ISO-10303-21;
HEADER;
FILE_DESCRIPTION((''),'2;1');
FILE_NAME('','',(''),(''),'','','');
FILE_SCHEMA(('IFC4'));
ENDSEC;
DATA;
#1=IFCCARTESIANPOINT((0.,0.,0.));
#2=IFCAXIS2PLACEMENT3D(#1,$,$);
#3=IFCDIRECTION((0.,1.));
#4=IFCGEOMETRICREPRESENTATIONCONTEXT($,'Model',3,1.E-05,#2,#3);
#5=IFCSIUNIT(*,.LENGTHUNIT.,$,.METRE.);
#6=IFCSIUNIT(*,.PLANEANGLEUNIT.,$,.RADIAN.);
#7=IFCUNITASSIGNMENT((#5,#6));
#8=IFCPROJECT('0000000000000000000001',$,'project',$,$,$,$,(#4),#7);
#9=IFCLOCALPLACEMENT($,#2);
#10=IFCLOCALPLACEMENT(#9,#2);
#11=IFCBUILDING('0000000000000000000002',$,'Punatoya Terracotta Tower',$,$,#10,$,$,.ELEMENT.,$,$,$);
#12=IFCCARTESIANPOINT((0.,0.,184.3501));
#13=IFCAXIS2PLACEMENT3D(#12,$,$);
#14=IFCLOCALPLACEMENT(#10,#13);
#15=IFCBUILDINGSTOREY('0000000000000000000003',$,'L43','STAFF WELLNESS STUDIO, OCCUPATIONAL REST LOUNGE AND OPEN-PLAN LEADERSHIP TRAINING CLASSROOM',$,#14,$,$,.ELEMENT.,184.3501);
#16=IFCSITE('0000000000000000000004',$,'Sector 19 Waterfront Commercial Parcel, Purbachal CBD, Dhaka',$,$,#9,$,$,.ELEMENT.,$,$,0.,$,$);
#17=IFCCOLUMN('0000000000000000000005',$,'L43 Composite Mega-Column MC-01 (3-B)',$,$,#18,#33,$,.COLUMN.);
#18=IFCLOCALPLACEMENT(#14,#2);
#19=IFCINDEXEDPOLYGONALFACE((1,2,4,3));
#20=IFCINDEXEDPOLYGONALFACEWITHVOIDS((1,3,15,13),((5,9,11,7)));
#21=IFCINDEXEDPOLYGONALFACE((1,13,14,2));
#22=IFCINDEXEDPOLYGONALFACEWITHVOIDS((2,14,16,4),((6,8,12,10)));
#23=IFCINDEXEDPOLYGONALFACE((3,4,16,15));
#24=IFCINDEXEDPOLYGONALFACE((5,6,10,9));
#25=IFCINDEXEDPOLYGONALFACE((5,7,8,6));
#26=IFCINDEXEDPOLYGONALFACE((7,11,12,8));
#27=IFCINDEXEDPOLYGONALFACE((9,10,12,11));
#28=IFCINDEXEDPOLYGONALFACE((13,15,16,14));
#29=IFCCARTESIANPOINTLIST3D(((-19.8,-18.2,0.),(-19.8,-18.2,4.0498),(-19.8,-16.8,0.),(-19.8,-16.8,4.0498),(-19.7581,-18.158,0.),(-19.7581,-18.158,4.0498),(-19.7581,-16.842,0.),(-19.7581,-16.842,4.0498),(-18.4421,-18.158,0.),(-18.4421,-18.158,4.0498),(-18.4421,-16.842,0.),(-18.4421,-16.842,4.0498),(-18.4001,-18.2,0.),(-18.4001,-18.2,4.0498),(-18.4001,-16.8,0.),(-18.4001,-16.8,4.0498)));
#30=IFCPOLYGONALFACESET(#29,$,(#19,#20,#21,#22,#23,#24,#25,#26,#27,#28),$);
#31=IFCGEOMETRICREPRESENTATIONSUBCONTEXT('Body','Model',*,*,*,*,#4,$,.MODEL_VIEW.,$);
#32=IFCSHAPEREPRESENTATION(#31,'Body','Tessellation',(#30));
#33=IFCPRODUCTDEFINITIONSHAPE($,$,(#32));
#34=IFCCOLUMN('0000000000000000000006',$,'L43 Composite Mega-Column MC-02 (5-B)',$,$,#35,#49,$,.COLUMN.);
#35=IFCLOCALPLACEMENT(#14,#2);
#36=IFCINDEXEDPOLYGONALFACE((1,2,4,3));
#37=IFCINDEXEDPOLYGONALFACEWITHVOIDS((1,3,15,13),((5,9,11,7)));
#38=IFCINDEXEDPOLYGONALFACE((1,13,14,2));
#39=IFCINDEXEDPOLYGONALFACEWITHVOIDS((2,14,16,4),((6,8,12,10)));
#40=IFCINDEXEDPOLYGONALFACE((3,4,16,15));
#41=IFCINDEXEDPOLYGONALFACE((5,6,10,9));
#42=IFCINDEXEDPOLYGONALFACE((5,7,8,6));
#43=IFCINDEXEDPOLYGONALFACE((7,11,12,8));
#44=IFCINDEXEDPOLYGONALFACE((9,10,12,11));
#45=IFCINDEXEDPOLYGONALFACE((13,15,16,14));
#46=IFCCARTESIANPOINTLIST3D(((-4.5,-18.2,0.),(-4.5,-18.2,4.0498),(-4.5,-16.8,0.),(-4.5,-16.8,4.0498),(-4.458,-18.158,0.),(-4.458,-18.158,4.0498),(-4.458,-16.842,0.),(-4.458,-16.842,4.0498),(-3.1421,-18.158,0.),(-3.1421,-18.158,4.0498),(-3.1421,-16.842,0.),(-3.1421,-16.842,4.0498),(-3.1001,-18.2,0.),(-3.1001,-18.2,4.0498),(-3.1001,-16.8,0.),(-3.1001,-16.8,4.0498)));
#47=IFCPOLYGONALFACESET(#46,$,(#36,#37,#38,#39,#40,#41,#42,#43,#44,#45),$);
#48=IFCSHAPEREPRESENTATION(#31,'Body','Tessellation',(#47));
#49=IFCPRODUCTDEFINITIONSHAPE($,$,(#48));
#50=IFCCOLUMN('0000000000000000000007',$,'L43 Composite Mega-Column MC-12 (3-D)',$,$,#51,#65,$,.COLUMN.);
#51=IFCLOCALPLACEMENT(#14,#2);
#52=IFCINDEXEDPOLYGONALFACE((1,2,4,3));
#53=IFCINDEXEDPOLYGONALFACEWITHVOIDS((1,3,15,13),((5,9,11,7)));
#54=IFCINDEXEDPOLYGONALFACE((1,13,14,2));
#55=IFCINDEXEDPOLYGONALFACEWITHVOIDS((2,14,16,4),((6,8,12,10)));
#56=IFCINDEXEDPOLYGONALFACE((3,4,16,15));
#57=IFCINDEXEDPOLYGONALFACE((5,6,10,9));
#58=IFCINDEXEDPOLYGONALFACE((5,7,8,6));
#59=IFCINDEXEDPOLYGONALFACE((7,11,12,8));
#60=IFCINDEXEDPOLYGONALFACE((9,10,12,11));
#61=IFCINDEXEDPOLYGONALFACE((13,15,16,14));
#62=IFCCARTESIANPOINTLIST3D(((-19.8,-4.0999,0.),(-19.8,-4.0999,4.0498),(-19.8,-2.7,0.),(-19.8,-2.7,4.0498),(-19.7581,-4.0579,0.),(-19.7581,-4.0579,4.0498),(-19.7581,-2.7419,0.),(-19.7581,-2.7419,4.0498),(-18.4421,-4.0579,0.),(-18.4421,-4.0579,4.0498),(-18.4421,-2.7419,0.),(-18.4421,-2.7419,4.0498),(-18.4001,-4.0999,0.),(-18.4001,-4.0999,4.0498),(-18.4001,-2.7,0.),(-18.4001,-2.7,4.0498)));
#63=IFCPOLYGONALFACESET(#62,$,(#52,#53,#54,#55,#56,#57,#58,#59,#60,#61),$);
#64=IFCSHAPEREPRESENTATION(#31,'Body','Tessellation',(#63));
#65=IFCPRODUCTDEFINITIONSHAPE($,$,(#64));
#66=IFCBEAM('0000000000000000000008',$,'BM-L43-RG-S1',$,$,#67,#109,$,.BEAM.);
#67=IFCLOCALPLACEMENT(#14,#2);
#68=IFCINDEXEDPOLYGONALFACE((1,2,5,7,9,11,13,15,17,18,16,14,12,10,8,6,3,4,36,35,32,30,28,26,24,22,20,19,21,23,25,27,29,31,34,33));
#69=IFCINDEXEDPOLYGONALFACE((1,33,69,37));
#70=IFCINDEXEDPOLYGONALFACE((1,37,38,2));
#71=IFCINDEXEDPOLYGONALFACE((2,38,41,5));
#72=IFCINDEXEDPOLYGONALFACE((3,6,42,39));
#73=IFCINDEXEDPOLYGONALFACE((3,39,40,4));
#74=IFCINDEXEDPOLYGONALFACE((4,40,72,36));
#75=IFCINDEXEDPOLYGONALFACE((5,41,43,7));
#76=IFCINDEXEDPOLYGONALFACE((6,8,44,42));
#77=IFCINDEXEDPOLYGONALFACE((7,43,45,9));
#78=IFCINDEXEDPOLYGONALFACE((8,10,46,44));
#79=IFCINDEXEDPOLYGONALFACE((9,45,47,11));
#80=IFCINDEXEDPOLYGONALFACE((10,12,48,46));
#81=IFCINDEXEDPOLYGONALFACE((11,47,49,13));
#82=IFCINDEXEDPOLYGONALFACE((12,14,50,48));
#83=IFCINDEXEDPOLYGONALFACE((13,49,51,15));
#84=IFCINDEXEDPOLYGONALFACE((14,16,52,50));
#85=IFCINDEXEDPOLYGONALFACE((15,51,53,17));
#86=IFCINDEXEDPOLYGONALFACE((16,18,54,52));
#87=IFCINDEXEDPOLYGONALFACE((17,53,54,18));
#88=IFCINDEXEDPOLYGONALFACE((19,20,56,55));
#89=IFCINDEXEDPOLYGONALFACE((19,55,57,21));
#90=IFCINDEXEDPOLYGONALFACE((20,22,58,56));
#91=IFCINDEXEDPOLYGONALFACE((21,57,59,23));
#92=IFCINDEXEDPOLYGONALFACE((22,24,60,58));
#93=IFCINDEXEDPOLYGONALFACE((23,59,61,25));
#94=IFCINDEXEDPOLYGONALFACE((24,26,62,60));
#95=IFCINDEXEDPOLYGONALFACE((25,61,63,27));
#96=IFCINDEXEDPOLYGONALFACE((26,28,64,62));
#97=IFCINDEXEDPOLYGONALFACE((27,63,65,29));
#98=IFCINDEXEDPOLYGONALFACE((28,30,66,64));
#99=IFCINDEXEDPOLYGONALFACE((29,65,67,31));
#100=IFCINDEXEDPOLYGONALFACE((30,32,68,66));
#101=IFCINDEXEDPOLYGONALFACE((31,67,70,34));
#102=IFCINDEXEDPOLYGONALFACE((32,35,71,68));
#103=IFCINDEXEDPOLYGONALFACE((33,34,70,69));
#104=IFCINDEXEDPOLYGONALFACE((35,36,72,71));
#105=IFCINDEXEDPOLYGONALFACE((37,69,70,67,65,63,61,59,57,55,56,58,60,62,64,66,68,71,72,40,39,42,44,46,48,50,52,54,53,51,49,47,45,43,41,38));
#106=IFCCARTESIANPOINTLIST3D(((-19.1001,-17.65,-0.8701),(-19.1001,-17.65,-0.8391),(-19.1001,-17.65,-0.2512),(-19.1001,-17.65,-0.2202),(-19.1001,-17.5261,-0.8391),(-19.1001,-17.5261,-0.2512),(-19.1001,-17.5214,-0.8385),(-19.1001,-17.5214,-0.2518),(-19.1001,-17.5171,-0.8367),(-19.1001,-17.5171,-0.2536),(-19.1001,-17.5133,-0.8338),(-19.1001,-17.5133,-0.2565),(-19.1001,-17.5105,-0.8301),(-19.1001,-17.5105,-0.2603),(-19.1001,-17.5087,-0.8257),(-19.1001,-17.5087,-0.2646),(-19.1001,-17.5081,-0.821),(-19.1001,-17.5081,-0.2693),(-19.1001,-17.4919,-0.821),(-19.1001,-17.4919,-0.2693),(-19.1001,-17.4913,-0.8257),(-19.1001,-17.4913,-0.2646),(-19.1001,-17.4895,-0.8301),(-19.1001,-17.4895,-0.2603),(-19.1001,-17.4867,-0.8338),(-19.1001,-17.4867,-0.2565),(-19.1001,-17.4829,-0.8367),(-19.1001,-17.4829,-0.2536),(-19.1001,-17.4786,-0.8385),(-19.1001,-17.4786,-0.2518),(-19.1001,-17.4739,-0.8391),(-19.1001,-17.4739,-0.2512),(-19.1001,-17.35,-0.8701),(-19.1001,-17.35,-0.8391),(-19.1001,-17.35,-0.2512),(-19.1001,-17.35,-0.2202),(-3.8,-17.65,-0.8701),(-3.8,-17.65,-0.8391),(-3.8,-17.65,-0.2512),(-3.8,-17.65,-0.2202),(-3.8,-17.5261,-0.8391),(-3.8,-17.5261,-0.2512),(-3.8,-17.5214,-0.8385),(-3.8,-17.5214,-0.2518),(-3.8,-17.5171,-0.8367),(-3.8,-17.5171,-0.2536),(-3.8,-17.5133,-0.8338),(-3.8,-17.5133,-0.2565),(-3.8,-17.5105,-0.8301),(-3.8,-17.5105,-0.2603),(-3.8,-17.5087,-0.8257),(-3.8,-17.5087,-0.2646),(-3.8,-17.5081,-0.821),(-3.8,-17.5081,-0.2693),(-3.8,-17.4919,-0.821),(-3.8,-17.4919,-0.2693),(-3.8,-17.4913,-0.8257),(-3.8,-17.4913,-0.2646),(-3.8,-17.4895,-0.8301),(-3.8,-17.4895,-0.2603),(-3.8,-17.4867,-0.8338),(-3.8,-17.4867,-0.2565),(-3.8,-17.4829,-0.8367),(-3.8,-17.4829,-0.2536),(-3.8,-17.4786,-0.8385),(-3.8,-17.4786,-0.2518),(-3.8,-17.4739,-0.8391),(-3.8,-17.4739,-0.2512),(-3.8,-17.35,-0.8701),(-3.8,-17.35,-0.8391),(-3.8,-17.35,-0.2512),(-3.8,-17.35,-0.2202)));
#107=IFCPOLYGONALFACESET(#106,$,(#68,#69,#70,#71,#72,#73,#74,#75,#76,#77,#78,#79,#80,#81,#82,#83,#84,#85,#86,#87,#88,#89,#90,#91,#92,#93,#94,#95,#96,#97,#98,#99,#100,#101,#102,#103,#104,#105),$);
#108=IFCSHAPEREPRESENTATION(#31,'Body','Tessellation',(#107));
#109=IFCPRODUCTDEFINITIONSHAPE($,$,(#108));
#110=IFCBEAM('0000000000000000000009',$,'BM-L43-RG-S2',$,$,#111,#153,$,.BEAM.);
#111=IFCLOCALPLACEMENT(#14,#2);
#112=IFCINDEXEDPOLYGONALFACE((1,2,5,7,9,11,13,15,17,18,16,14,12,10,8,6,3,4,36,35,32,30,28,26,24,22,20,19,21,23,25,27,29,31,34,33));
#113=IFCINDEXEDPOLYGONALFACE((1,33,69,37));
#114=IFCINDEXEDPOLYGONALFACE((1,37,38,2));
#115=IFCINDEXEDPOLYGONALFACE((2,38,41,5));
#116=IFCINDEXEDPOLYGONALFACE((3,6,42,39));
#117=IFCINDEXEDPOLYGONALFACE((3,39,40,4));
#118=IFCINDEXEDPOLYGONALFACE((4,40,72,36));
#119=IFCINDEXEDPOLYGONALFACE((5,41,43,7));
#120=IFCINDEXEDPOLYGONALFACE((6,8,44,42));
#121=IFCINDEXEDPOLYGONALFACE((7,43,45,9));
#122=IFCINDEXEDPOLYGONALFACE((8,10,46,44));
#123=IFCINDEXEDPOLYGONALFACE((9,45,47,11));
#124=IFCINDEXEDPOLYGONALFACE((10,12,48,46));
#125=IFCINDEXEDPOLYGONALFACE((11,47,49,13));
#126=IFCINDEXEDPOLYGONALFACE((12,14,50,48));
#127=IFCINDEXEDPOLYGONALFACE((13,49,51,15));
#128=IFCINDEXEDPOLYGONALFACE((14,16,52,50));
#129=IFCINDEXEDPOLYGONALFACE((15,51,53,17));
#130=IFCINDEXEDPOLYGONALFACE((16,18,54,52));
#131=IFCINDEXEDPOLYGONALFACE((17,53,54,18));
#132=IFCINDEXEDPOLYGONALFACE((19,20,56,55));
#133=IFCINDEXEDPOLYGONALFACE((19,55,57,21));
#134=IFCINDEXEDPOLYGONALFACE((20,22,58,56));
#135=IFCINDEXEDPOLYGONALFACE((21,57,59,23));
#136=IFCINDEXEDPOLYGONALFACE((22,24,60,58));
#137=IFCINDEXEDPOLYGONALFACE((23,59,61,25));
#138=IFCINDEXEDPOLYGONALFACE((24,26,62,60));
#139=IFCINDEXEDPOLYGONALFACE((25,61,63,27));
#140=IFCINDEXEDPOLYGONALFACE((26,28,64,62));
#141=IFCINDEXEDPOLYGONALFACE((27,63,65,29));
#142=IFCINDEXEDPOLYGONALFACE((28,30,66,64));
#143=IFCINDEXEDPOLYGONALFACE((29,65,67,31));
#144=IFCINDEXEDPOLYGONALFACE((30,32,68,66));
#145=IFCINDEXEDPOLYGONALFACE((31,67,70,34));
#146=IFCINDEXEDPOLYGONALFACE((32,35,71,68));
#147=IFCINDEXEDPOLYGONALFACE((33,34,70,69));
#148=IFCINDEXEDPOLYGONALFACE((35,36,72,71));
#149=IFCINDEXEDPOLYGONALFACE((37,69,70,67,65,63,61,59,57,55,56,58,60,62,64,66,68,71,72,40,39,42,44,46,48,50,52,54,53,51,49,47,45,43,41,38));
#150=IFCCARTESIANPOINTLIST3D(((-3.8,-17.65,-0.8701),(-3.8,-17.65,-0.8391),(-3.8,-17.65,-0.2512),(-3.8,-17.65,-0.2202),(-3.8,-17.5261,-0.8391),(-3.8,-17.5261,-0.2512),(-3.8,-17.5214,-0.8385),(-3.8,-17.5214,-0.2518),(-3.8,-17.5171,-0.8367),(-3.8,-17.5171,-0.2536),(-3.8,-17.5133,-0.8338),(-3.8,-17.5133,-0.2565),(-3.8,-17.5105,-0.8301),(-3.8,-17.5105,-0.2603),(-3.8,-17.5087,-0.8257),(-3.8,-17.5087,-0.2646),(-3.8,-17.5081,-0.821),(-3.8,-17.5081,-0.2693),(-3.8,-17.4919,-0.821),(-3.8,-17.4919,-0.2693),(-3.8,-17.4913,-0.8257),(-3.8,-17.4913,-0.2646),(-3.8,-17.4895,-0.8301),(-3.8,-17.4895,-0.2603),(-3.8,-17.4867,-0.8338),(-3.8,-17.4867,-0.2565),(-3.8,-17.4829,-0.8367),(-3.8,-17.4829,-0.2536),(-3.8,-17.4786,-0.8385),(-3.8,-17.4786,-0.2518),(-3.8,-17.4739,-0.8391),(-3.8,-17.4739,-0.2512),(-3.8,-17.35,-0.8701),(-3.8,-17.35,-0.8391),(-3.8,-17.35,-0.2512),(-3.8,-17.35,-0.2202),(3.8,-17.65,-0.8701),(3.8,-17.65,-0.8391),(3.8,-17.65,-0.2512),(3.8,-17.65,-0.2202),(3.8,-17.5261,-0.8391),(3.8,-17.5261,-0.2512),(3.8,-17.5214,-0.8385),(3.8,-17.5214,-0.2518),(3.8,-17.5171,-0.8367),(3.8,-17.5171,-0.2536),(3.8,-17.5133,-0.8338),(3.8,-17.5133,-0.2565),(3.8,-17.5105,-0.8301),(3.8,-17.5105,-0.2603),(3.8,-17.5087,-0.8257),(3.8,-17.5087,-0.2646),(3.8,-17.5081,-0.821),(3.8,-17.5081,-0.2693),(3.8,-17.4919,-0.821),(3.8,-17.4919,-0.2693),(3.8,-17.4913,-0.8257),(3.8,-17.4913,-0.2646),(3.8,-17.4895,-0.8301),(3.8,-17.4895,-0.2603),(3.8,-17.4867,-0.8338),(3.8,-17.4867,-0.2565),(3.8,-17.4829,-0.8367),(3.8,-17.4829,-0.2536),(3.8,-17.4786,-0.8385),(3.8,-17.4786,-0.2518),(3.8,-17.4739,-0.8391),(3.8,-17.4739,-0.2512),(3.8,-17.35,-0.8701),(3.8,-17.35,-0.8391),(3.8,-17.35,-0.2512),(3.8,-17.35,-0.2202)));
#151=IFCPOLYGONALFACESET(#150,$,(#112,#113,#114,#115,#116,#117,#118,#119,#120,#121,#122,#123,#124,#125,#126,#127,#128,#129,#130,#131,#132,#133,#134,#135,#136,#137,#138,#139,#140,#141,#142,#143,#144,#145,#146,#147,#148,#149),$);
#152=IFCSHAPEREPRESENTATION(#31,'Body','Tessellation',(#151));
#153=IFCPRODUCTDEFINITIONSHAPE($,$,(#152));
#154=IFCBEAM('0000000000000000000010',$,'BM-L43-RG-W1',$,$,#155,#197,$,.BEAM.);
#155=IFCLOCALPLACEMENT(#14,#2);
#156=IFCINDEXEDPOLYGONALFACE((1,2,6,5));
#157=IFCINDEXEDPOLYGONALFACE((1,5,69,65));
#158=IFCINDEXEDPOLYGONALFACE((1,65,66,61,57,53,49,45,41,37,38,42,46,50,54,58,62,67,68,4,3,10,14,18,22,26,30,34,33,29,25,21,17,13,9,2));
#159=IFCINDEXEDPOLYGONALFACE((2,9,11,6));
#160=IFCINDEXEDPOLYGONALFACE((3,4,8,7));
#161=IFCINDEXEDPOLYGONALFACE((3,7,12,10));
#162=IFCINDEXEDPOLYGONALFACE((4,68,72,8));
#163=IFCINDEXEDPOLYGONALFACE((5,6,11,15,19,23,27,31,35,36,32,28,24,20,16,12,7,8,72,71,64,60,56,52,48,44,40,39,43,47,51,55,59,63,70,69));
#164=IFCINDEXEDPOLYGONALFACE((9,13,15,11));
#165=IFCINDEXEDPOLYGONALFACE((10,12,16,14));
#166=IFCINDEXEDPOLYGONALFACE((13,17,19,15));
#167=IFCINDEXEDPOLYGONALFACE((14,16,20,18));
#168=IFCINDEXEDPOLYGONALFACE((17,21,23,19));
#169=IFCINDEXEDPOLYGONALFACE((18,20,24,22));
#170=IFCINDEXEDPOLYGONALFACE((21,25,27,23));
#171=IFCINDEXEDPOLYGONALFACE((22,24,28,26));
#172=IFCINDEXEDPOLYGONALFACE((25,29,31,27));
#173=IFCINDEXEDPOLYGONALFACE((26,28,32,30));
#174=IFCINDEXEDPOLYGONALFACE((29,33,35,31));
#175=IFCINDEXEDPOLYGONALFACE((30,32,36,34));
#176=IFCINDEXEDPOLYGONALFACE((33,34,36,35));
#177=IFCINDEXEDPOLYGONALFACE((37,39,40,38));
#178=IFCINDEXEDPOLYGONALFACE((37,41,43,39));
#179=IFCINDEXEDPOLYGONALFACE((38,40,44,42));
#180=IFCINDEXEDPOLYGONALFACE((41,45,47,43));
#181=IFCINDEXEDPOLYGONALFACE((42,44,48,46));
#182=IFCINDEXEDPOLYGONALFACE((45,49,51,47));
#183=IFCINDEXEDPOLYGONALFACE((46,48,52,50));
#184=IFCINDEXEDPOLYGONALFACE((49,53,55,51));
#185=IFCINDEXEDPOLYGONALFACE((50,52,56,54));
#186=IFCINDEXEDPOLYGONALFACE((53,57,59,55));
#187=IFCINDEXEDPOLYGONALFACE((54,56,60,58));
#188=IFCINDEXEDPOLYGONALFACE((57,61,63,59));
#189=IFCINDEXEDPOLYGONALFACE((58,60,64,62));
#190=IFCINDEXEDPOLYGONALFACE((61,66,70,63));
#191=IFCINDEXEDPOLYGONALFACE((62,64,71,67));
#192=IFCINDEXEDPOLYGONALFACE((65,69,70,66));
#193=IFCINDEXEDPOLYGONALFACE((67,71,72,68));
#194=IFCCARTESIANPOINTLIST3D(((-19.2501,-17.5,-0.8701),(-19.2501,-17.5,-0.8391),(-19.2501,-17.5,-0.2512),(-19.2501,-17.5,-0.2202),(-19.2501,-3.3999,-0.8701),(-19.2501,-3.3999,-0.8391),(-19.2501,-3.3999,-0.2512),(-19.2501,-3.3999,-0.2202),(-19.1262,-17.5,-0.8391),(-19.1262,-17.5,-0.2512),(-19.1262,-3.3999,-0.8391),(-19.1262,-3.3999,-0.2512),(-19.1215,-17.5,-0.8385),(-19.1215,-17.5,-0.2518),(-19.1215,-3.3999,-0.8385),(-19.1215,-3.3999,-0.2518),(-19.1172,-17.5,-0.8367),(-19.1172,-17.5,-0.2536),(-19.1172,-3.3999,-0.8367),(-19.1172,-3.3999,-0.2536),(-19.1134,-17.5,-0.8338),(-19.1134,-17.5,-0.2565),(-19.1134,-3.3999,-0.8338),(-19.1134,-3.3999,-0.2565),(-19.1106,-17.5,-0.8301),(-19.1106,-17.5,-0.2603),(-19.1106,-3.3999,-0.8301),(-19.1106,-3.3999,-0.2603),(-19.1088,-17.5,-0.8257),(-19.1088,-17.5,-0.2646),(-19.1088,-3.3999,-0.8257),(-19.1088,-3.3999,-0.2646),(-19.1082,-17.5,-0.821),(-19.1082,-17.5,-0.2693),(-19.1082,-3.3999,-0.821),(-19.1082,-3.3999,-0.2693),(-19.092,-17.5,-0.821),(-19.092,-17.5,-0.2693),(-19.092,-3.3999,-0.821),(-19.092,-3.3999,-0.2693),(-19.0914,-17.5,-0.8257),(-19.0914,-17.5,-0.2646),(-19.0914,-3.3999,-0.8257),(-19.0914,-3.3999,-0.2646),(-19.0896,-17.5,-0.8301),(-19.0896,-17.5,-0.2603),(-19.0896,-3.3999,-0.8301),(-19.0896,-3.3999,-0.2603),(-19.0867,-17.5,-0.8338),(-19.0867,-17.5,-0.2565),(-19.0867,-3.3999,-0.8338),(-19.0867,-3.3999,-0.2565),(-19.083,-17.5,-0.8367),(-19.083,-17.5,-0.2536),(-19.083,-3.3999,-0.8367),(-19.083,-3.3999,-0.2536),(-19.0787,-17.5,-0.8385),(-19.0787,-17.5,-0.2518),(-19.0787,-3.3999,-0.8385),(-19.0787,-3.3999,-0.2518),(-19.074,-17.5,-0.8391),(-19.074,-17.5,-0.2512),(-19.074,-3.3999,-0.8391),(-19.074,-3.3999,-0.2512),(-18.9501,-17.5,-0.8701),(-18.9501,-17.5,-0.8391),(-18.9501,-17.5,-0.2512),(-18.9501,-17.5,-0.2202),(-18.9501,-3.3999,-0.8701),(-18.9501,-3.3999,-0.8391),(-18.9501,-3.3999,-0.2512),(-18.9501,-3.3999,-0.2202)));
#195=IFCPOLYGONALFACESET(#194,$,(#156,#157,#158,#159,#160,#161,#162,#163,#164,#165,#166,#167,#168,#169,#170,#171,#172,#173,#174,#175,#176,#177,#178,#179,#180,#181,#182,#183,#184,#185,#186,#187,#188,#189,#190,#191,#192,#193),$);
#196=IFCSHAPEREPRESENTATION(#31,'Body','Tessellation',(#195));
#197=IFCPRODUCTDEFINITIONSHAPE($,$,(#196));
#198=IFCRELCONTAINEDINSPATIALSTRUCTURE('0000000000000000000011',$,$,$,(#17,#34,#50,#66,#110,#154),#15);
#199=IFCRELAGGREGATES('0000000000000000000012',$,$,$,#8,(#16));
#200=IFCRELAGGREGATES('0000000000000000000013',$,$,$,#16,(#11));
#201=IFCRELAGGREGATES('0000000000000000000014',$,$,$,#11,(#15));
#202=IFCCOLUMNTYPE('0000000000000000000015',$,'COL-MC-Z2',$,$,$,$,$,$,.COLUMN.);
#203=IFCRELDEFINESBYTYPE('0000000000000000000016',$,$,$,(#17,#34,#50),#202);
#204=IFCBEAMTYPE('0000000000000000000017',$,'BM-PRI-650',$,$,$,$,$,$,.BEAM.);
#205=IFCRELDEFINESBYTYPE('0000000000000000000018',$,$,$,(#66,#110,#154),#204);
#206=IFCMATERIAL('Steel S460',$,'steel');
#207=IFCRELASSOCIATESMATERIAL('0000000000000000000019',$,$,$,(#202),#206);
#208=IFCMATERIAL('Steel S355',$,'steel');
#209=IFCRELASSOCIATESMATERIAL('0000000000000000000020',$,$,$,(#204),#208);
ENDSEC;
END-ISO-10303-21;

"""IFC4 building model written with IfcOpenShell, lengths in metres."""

from ifc_helpers import new_model, si_unit, direction, frame, origin, origin_2d, place, context, subcontext, project, spatial, hollow_rectangle, i_section, extrude, material, material_profile, profile_set, type_object, element, save


model = new_model("IFC4")

# Units and contexts
model_context = context("Model", 3, precision=1e-05, world=origin(), true_north=direction((0.0, 1.0)))
body_context = subcontext(model_context, "Body", "Model", "MODEL_VIEW")
ifc_project = project(units=[si_unit("LENGTHUNIT", "METRE"), si_unit("PLANEANGLEUNIT", "RADIAN")], contexts=[model_context])

# Site, building, storey
site_placement = place(None, origin())
site = spatial("IfcSite", under=ifc_project, at=site_placement, Name="Sector 19 Waterfront Commercial Parcel, Purbachal CBD, Dhaka", CompositionType="ELEMENT", RefElevation=0.0)
building_placement = place(site_placement, origin())
building = spatial("IfcBuilding", under=site, at=building_placement, Name="Punatoya Terracotta Tower", CompositionType="ELEMENT")
storey_placement = place(building_placement, frame((0.0, 0.0, 184.3501)))
storey = spatial("IfcBuildingStorey", under=building, at=storey_placement, Name="L43", Description="STAFF WELLNESS STUDIO, OCCUPATIONAL REST LOUNGE AND OPEN-PLAN LEADERSHIP TRAINING CLASSROOM", CompositionType="ELEMENT", Elevation=184.3501)

# Columns
ifc_material_1 = material(Name="Steel S460", Category="steel")
ifc_material_profile_1 = material_profile(ifc_material_1, hollow_rectangle(XDim=1.3999, YDim=1.3999, WallThickness=0.042, at=origin_2d()))
ifc_profile_set_1 = profile_set([ifc_material_profile_1], Name="Steel S460")
column_type = type_object("IfcColumnType", Name="COL-MC-Z2", PredefinedType="COLUMN", material=ifc_profile_set_1)
for number, where, z_axis, x_axis, name in (
    (1, (-19.1001, -17.5, 0.0), (0.0, 0.0, 1.0), (1.0, 0.0, 0.0), "L43 Composite Mega-Column MC-01 (3-B)"),
    (2, (-3.8, -17.5, 0.0), (0.0, 0.0, 1.0), (1.0, 0.0, 0.0), "L43 Composite Mega-Column MC-02 (5-B)"),
    (3, (-19.1001, -3.3999, 0.0), (0.0, 0.0, 1.0), (1.0, 0.0, 0.0), "L43 Composite Mega-Column MC-12 (3-D)"),
):
    element("IfcColumn", number, at=place(storey_placement, frame(where, z_axis=z_axis, x_axis=x_axis)), inside=storey, type_object=column_type, Name=name, PredefinedType="COLUMN", context=body_context, shape_type="SweptSolid", body=[
        extrude(hollow_rectangle(XDim=1.3999, YDim=1.3999, WallThickness=0.042, at=origin_2d()), origin(), (0.0, 0.0, 1.0), 4.0498),
    ])

# Beams
ifc_material_2 = material(Name="Steel S355", Category="steel")
ifc_material_profile_2 = material_profile(ifc_material_2, i_section(OverallWidth=0.3, OverallDepth=0.6499, WebThickness=0.0161, FlangeThickness=0.031, FilletRadius=0.0181, at=origin_2d()))
ifc_profile_set_2 = profile_set([ifc_material_profile_2], Name="Steel S355")
beam_type_1 = type_object("IfcBeamType", Name="BM-PRI-650", PredefinedType="BEAM", material=ifc_profile_set_2)
beam_1_placement = place(storey_placement, frame((-19.1001, -17.5, -0.5452), z_axis=(1.0, 0.0, 0.0), x_axis=(0.0, 1.0, 0.0)))
element("IfcBeam", 4, at=beam_1_placement, inside=storey, type_object=beam_type_1, Name="BM-L43-RG-S1", PredefinedType="BEAM", context=body_context, shape_type="SweptSolid", body=[
    extrude(i_section(OverallWidth=0.3, OverallDepth=0.6499, WebThickness=0.0161, FlangeThickness=0.031, FilletRadius=0.0181, at=origin_2d()), origin(), (0.0, 0.0, 1.0), 15.3),
])
beam_2_placement = place(storey_placement, frame((-3.8, -17.5, -0.5452), z_axis=(1.0, 0.0, 0.0), x_axis=(0.0, 1.0, 0.0)))
element("IfcBeam", 5, at=beam_2_placement, inside=storey, type_object=beam_type_1, Name="BM-L43-RG-S2", PredefinedType="BEAM", context=body_context, shape_type="SweptSolid", body=[
    extrude(i_section(OverallWidth=0.3, OverallDepth=0.6499, WebThickness=0.0161, FlangeThickness=0.031, FilletRadius=0.0181, at=origin_2d()), origin(), (0.0, 0.0, 1.0), 7.6001),
])
beam_3_placement = place(storey_placement, frame((-19.1001, -17.5, -0.5452), z_axis=(0.0, 1.0, 0.0), x_axis=(-1.0, 0.0, 0.0)))
element("IfcBeam", 6, at=beam_3_placement, inside=storey, type_object=beam_type_1, Name="BM-L43-RG-W1", PredefinedType="BEAM", context=body_context, shape_type="SweptSolid", body=[
    extrude(i_section(OverallWidth=0.3, OverallDepth=0.6499, WebThickness=0.0161, FlangeThickness=0.031, FilletRadius=0.0181, at=origin_2d()), origin(), (0.0, 0.0, 1.0), 14.1001),
])

save(model, "model.ifc")
